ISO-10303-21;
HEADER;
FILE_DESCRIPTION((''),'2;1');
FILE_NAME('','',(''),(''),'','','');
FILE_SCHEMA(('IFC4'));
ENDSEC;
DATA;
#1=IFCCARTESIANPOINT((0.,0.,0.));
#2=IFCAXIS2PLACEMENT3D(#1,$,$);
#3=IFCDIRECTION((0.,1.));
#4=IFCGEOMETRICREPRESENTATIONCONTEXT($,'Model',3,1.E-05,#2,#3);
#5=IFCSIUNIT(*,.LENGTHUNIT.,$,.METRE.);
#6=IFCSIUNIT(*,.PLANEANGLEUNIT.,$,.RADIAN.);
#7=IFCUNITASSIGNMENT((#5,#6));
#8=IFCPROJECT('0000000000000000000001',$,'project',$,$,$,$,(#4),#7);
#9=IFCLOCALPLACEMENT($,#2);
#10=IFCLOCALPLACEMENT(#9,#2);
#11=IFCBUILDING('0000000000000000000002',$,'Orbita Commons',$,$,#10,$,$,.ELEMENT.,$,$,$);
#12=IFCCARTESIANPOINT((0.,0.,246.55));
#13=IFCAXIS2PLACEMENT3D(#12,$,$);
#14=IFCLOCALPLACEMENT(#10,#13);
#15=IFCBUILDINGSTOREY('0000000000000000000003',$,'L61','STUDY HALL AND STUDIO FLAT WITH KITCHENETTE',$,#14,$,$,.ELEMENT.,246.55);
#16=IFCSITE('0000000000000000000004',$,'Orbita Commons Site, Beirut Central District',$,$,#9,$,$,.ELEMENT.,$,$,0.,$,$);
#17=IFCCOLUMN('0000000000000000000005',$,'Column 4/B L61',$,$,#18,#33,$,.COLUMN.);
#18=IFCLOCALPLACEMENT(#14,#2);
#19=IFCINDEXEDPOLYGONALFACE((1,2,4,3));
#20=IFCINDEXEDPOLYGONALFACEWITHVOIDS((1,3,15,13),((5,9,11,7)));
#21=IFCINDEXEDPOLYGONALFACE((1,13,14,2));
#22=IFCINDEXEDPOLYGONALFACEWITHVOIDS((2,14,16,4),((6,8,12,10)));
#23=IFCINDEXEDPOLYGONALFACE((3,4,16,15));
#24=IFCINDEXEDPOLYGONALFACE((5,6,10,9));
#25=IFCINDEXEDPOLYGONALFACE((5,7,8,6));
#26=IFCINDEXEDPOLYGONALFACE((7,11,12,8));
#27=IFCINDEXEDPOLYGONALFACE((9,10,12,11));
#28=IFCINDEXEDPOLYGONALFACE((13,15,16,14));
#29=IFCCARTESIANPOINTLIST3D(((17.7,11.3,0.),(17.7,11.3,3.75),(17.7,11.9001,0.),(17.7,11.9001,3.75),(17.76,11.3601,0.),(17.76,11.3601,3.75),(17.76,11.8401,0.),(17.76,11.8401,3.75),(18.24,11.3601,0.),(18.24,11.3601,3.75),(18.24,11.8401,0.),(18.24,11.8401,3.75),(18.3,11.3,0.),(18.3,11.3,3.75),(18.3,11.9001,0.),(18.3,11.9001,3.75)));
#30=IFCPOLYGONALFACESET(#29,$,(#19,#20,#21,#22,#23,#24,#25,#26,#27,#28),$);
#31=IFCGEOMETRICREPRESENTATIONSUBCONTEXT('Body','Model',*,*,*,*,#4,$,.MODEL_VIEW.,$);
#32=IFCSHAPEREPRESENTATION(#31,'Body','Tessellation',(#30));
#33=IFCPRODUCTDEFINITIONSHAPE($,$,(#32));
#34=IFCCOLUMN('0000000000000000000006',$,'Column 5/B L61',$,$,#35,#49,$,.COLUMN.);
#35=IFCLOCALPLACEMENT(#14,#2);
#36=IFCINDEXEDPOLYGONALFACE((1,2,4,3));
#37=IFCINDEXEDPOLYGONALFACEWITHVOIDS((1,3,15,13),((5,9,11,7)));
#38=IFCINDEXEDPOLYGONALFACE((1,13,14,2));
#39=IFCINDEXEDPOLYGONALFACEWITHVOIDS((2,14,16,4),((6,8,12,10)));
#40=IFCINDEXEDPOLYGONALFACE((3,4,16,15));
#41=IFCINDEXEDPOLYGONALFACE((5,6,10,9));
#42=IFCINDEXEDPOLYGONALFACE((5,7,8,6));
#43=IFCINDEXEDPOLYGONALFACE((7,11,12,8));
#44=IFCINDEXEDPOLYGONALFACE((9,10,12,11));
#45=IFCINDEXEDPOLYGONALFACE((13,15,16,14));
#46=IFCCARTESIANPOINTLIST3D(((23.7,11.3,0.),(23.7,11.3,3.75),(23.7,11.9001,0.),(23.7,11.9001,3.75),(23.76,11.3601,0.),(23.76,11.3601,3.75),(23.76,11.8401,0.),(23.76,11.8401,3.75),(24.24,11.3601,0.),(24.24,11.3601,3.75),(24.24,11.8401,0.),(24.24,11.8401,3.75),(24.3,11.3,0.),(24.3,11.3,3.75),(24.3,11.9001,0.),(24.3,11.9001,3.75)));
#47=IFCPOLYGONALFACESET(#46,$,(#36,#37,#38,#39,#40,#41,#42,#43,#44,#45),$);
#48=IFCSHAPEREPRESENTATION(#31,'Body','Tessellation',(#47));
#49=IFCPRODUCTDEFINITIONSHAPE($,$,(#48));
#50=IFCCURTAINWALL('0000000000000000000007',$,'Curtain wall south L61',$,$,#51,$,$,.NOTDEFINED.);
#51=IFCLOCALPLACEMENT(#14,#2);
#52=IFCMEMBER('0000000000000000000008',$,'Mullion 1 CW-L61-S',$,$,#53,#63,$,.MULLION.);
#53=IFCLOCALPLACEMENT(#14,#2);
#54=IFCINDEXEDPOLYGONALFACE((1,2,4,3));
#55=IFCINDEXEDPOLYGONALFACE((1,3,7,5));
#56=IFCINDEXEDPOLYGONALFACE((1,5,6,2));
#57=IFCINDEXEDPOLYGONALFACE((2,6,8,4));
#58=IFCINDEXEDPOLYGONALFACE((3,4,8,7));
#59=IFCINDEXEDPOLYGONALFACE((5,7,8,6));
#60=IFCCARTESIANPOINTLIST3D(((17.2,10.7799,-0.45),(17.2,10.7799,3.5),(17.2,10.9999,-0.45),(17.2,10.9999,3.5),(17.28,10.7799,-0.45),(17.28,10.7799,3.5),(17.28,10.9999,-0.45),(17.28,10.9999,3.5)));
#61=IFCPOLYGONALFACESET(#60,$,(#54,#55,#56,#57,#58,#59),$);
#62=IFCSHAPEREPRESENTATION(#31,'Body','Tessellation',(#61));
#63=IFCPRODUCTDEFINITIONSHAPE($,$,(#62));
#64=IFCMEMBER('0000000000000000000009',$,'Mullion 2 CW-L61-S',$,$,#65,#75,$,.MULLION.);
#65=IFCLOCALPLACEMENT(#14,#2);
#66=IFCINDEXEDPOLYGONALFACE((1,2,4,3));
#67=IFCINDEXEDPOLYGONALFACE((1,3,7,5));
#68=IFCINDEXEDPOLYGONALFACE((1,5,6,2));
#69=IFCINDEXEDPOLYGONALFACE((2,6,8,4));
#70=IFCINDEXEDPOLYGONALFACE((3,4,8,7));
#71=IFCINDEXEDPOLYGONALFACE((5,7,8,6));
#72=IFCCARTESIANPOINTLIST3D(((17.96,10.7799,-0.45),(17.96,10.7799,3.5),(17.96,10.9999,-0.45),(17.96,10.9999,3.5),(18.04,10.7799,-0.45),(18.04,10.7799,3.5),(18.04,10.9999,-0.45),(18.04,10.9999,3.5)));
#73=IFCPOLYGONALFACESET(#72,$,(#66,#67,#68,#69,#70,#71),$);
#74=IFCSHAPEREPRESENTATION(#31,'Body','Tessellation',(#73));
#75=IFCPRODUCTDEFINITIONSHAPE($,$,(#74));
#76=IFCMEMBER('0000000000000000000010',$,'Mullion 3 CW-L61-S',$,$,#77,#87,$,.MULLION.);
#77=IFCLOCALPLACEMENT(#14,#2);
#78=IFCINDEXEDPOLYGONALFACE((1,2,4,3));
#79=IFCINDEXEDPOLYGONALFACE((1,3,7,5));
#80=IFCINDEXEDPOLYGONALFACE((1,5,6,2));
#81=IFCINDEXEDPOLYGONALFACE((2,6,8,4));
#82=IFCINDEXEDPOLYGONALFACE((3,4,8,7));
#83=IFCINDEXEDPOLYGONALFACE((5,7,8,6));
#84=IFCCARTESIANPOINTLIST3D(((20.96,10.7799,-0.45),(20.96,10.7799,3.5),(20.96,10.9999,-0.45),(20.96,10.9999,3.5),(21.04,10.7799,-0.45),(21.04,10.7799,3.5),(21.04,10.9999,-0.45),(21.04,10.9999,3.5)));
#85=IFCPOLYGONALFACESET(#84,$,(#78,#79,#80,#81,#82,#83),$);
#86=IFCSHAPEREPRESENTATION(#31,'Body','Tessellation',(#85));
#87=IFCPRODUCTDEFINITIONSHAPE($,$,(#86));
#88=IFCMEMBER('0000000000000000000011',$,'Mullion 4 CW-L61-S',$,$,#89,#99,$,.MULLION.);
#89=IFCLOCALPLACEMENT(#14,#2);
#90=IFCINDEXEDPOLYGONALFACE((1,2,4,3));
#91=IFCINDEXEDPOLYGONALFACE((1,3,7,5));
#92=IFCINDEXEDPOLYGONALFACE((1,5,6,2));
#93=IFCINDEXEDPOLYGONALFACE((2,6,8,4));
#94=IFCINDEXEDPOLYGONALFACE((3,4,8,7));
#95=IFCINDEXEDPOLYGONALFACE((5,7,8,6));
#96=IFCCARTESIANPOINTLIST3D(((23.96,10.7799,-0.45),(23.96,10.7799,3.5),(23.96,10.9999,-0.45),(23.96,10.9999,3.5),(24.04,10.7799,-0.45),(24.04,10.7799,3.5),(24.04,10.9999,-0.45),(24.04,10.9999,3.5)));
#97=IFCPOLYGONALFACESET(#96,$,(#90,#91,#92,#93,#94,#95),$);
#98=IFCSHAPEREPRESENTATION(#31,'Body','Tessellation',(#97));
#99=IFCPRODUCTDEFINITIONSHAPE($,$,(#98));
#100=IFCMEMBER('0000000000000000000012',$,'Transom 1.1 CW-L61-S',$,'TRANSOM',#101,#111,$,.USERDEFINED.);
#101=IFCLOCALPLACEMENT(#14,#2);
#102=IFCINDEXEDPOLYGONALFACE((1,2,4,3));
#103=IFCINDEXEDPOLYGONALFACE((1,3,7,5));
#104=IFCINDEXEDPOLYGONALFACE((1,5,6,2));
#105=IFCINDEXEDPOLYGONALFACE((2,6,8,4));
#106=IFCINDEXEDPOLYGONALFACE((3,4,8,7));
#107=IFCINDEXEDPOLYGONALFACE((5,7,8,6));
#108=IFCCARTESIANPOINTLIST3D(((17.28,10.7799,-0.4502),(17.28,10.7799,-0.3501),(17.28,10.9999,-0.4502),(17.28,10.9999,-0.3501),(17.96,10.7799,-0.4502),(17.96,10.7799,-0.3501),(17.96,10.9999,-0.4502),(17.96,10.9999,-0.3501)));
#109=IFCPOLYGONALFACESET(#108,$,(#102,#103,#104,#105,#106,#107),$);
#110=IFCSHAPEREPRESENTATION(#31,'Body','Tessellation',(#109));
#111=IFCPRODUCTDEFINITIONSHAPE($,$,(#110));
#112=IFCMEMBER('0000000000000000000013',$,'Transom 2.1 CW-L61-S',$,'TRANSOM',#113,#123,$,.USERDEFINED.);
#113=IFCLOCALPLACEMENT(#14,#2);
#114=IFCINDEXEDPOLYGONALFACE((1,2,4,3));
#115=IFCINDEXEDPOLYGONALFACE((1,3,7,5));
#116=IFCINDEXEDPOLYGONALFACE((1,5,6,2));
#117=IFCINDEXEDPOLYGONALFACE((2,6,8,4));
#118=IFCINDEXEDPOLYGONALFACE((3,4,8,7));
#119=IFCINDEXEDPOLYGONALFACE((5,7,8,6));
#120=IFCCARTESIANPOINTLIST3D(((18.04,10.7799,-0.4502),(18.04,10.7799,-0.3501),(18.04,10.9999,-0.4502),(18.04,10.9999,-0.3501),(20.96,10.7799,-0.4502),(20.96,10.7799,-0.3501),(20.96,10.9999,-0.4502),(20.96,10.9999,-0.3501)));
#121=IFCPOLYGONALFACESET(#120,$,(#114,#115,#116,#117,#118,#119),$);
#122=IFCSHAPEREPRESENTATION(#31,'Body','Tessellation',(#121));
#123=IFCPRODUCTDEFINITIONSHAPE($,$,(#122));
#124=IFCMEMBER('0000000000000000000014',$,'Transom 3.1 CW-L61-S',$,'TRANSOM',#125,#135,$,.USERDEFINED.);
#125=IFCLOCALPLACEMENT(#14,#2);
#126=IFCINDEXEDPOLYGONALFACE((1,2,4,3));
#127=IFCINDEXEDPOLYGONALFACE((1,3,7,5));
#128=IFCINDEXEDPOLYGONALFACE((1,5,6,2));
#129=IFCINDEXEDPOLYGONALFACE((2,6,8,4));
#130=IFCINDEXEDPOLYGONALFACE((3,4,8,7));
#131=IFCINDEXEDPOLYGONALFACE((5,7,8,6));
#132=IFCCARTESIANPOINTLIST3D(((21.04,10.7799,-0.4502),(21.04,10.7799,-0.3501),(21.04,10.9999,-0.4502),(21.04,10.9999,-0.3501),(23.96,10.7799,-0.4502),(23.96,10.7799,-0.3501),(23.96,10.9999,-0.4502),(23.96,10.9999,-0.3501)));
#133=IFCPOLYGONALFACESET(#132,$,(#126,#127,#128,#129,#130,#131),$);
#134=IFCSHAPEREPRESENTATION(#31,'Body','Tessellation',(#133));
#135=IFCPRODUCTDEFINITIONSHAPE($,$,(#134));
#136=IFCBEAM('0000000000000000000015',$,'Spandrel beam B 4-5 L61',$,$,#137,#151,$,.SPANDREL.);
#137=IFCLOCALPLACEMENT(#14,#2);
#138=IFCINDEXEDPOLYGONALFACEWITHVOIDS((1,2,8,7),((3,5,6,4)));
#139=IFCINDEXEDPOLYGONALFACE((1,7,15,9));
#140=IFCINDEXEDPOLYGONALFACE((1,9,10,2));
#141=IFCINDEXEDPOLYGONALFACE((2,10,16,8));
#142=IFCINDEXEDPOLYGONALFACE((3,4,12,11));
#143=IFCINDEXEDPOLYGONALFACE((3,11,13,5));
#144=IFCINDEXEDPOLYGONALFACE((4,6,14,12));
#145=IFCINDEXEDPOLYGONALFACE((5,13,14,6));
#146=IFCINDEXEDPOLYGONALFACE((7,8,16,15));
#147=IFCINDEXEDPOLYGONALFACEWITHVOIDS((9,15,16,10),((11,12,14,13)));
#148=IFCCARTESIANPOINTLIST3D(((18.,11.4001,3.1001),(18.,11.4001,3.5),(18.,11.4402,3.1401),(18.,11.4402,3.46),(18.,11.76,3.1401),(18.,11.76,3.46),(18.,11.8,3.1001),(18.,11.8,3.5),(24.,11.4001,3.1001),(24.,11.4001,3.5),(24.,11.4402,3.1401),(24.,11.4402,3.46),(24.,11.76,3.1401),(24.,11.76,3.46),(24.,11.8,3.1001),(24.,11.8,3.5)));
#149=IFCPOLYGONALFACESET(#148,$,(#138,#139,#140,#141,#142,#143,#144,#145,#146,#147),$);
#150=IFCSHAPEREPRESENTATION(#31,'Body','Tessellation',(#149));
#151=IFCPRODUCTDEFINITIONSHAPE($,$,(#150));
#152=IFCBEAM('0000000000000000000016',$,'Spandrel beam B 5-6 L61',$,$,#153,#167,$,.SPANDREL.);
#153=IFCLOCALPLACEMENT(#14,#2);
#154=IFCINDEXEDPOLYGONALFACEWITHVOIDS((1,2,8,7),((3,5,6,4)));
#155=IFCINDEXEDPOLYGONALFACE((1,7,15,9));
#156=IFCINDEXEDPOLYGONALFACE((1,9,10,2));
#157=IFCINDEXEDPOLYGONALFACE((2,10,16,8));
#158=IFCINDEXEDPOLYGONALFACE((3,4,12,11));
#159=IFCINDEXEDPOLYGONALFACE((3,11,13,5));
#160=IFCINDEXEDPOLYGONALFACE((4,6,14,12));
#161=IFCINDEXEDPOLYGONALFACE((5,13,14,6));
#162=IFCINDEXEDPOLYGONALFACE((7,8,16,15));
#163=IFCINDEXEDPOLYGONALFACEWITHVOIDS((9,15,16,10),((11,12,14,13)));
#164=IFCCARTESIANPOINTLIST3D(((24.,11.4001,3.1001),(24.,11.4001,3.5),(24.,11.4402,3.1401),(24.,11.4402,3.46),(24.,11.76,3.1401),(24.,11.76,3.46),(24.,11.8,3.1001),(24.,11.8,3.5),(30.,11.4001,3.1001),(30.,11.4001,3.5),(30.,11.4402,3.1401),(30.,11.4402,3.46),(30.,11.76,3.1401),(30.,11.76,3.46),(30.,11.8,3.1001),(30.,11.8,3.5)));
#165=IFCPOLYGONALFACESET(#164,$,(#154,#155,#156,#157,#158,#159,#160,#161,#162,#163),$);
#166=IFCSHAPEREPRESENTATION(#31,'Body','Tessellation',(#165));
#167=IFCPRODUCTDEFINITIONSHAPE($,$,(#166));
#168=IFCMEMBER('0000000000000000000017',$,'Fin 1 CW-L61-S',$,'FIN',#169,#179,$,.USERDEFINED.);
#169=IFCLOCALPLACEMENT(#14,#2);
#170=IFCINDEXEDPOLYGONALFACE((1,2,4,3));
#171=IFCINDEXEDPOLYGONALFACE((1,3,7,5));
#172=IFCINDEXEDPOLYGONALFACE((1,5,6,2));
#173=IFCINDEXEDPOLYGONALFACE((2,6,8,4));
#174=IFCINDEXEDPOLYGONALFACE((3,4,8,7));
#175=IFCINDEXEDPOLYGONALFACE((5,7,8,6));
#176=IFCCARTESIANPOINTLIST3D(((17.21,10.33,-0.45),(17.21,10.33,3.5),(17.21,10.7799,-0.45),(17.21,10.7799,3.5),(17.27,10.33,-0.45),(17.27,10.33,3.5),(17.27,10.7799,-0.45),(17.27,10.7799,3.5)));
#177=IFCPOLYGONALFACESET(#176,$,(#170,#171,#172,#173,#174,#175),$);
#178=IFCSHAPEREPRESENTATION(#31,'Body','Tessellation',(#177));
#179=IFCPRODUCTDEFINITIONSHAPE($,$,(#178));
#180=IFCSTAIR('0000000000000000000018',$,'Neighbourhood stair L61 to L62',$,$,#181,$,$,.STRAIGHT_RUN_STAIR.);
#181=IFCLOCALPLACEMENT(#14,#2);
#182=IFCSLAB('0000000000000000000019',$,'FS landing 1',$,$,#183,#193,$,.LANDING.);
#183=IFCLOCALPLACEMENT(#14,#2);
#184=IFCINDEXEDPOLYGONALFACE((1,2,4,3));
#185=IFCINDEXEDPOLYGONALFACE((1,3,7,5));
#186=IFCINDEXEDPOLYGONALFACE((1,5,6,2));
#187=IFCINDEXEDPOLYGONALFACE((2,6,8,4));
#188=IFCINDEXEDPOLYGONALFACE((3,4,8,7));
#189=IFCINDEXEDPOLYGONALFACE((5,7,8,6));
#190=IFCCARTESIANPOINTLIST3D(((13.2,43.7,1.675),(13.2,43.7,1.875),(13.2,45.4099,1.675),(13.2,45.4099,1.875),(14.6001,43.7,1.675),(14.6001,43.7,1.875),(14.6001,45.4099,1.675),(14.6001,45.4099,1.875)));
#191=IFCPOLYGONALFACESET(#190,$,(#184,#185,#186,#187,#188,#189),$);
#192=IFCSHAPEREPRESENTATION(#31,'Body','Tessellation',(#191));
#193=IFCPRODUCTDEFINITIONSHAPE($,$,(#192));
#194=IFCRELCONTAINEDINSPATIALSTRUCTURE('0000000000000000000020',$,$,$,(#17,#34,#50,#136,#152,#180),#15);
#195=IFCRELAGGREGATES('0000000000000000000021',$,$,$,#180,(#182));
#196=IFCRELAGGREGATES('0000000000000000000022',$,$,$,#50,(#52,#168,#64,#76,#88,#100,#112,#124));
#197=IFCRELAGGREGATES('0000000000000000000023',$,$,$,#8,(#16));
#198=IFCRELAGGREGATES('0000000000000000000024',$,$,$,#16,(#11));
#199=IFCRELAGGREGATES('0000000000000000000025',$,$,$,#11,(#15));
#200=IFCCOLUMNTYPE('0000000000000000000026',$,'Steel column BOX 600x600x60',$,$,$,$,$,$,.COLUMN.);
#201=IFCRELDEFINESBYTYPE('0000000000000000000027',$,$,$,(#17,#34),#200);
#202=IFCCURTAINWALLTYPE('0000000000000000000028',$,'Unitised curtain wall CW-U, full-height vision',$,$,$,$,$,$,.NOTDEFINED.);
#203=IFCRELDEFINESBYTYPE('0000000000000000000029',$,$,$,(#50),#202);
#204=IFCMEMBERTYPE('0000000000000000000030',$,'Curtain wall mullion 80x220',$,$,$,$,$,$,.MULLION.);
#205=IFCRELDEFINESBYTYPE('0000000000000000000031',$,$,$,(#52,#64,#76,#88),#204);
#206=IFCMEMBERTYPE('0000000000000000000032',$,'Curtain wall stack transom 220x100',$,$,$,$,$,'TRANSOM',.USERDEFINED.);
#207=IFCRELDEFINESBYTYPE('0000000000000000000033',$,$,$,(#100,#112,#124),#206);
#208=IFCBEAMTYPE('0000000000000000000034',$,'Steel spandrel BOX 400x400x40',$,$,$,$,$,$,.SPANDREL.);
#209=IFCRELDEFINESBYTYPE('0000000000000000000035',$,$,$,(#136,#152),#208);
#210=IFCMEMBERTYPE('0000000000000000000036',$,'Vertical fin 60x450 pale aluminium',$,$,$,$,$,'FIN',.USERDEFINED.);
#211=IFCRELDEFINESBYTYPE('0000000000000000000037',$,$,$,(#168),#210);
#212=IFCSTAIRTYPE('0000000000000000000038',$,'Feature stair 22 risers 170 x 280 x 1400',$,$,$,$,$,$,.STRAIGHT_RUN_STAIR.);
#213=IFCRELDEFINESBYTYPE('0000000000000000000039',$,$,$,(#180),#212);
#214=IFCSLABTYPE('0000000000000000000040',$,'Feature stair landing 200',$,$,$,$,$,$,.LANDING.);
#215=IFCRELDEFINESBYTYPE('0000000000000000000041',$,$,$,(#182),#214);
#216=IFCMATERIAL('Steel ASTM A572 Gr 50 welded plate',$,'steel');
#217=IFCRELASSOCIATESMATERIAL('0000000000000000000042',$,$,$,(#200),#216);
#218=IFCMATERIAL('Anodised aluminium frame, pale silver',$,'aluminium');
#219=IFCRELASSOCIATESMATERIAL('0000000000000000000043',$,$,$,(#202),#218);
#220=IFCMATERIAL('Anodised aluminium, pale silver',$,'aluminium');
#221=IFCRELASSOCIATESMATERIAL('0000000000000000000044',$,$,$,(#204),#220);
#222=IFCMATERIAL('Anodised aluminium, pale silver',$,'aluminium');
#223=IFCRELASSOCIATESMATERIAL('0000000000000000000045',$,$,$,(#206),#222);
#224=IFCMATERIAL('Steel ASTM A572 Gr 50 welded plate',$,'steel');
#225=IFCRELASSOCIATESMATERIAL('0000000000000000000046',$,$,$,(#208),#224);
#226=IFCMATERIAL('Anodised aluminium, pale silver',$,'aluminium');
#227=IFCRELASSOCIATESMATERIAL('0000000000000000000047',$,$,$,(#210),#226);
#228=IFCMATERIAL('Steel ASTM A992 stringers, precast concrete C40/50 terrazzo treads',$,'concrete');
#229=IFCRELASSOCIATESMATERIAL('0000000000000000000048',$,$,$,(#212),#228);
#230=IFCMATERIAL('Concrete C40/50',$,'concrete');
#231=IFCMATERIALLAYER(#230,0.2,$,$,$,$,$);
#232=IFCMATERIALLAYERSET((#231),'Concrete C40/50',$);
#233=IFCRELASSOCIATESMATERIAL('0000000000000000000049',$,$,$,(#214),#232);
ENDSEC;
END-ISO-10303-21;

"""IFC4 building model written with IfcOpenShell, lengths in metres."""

from ifc_helpers import new_model, si_unit, direction, frame, origin, origin_2d, place, context, subcontext, project, spatial, polyline, rectangle, hollow_rectangle, outline, extrude, material, layer, layer_set, material_profile, profile_set, type_object, element, aggregate, save


model = new_model("IFC4")

# Units and contexts
model_context = context("Model", 3, precision=1e-05, world=origin(), true_north=direction((0.0, 1.0)))
body_context = subcontext(model_context, "Body", "Model", "MODEL_VIEW")
ifc_project = project(units=[si_unit("LENGTHUNIT", "METRE"), si_unit("PLANEANGLEUNIT", "RADIAN")], contexts=[model_context])

# Site, building, storey
site_placement = place(None, origin())
site = spatial("IfcSite", under=ifc_project, at=site_placement, Name="Orbita Commons Site, Beirut Central District", CompositionType="ELEMENT", RefElevation=0.0)
building_placement = place(site_placement, origin())
building = spatial("IfcBuilding", under=site, at=building_placement, Name="Orbita Commons", CompositionType="ELEMENT")
storey_placement = place(building_placement, frame((0.0, 0.0, 246.55)))
storey = spatial("IfcBuildingStorey", under=building, at=storey_placement, Name="L61", Description="STUDY HALL AND STUDIO FLAT WITH KITCHENETTE", CompositionType="ELEMENT", Elevation=246.55)

# Columns
ifc_material_1 = material(Name="Steel ASTM A572 Gr 50 welded plate", Category="steel")
ifc_material_profile_1 = material_profile(ifc_material_1, hollow_rectangle(XDim=0.6001, YDim=0.6001, WallThickness=0.0601, at=origin_2d()), Name="BOX 600x600x60")
ifc_profile_set_1 = profile_set([ifc_material_profile_1], Name="Steel ASTM A572 Gr 50 welded plate")
column_type = type_object("IfcColumnType", Name="Steel column BOX 600x600x60", PredefinedType="COLUMN", material=ifc_profile_set_1)
for number, where, z_axis, x_axis, name in (
    (1, (18.0, 11.6001, 0.0), (0.0, 0.0, 1.0), (1.0, 0.0, 0.0), "Column 4/B L61"),
    (2, (24.0, 11.6001, 0.0), (0.0, 0.0, 1.0), (1.0, 0.0, 0.0), "Column 5/B L61"),
):
    element("IfcColumn", number, at=place(storey_placement, frame(where, z_axis=z_axis, x_axis=x_axis)), inside=storey, type_object=column_type, Name=name, PredefinedType="COLUMN", context=body_context, shape_type="SweptSolid", body=[
        extrude(hollow_rectangle(XDim=0.6001, YDim=0.6001, WallThickness=0.0601, at=origin_2d()), origin(), (0.0, 0.0, 1.0), 3.75),
    ])

# Curtain wall, members
ifc_material_2 = material(Name="Anodised aluminium frame, pale silver", Category="aluminium")
curtain_wall_type = type_object("IfcCurtainWallType", Name="Unitised curtain wall CW-U, full-height vision", PredefinedType="NOTDEFINED", material=ifc_material_2)
curtain_wall_placement = place(storey_placement, origin())
curtain_wall = element("IfcCurtainWall", 3, at=curtain_wall_placement, inside=storey, type_object=curtain_wall_type, Name="Curtain wall south L61", PredefinedType="NOTDEFINED")
ifc_material_3 = material(Name="Anodised aluminium, pale silver", Category="aluminium")
ifc_material_profile_2 = material_profile(ifc_material_3, rectangle(XDim=0.0801, YDim=0.22, at=origin_2d()), Name="AL 80x220")
ifc_profile_set_2 = profile_set([ifc_material_profile_2], Name="Anodised aluminium, pale silver")
member_type_1 = type_object("IfcMemberType", Name="Curtain wall mullion 80x220", PredefinedType="MULLION", material=ifc_profile_set_2)
member_1_placement = place(storey_placement, frame((17.24, 10.8899, -0.45), z_axis=(0.0, 0.0, 1.0), x_axis=(1.0, 0.0, 0.0)))
member_1 = element("IfcMember", 4, at=member_1_placement, type_object=member_type_1, Name="Mullion 1 CW-L61-S", PredefinedType="MULLION", context=body_context, shape_type="SweptSolid", body=[
    extrude(rectangle(XDim=0.0801, YDim=0.22, at=origin_2d()), origin(), (0.0, 0.0, 1.0), 3.95),
])
member_2_placement = place(storey_placement, frame((18.0, 10.8899, -0.45), z_axis=(0.0, 0.0, 1.0), x_axis=(1.0, 0.0, 0.0)))
member_2 = element("IfcMember", 5, at=member_2_placement, type_object=member_type_1, Name="Mullion 2 CW-L61-S", PredefinedType="MULLION", context=body_context, shape_type="SweptSolid", body=[
    extrude(rectangle(XDim=0.0801, YDim=0.22, at=origin_2d()), origin(), (0.0, 0.0, 1.0), 3.95),
])
member_3_placement = place(storey_placement, frame((21.0, 10.8899, -0.45), z_axis=(0.0, 0.0, 1.0), x_axis=(1.0, 0.0, 0.0)))
member_3 = element("IfcMember", 6, at=member_3_placement, type_object=member_type_1, Name="Mullion 3 CW-L61-S", PredefinedType="MULLION", context=body_context, shape_type="SweptSolid", body=[
    extrude(rectangle(XDim=0.0801, YDim=0.22, at=origin_2d()), origin(), (0.0, 0.0, 1.0), 3.95),
])
member_4_placement = place(storey_placement, frame((24.0, 10.8899, -0.45), z_axis=(0.0, 0.0, 1.0), x_axis=(1.0, 0.0, 0.0)))
member_4 = element("IfcMember", 7, at=member_4_placement, type_object=member_type_1, Name="Mullion 4 CW-L61-S", PredefinedType="MULLION", context=body_context, shape_type="SweptSolid", body=[
    extrude(rectangle(XDim=0.0801, YDim=0.22, at=origin_2d()), origin(), (0.0, 0.0, 1.0), 3.95),
])
ifc_material_4 = material(Name="Anodised aluminium, pale silver", Category="aluminium")
ifc_material_profile_3 = material_profile(ifc_material_4, rectangle(XDim=0.22, YDim=0.1001, at=origin_2d()), Name="AL 220x100")
ifc_profile_set_3 = profile_set([ifc_material_profile_3], Name="Anodised aluminium, pale silver")
member_type_2 = type_object("IfcMemberType", Name="Curtain wall stack transom 220x100", ElementType="TRANSOM", PredefinedType="USERDEFINED", material=ifc_profile_set_3)
member_5_placement = place(storey_placement, frame((17.28, 10.8899, -0.4001), z_axis=(1.0, 0.0, 0.0), x_axis=(0.0, 1.0, 0.0)))
member_5 = element("IfcMember", 8, at=member_5_placement, type_object=member_type_2, Name="Transom 1.1 CW-L61-S", ObjectType="TRANSOM", PredefinedType="USERDEFINED", context=body_context, shape_type="SweptSolid", body=[
    extrude(rectangle(XDim=0.22, YDim=0.1001, at=origin_2d()), origin(), (0.0, 0.0, 1.0), 0.6799),
])
member_6_placement = place(storey_placement, frame((18.04, 10.8899, -0.4001), z_axis=(1.0, 0.0, 0.0), x_axis=(0.0, 1.0, 0.0)))
member_6 = element("IfcMember", 9, at=member_6_placement, type_object=member_type_2, Name="Transom 2.1 CW-L61-S", ObjectType="TRANSOM", PredefinedType="USERDEFINED", context=body_context, shape_type="SweptSolid", body=[
    extrude(rectangle(XDim=0.22, YDim=0.1001, at=origin_2d()), origin(), (0.0, 0.0, 1.0), 2.9199),
])
member_7_placement = place(storey_placement, frame((21.04, 10.8899, -0.4001), z_axis=(1.0, 0.0, 0.0), x_axis=(0.0, 1.0, 0.0)))
member_7 = element("IfcMember", 10, at=member_7_placement, type_object=member_type_2, Name="Transom 3.1 CW-L61-S", ObjectType="TRANSOM", PredefinedType="USERDEFINED", context=body_context, shape_type="SweptSolid", body=[
    extrude(rectangle(XDim=0.22, YDim=0.1001, at=origin_2d()), origin(), (0.0, 0.0, 1.0), 2.9199),
])

# Beams
ifc_material_5 = material(Name="Steel ASTM A572 Gr 50 welded plate", Category="steel")
ifc_material_profile_4 = material_profile(ifc_material_5, hollow_rectangle(XDim=0.3999, YDim=0.3999, WallThickness=0.04, at=origin_2d()), Name="BOX 400x400x40")
ifc_profile_set_4 = profile_set([ifc_material_profile_4], Name="Steel ASTM A572 Gr 50 welded plate")
beam_type = type_object("IfcBeamType", Name="Steel spandrel BOX 400x400x40", PredefinedType="SPANDREL", material=ifc_profile_set_4)
for number, where, z_axis, x_axis, name in (
    (11, (18.0, 11.6001, 3.3), (1.0, 0.0, 0.0), (0.0, 1.0, 0.0), "Spandrel beam B 4-5 L61"),
    (12, (24.0, 11.6001, 3.3), (1.0, 0.0, 0.0), (0.0, 1.0, 0.0), "Spandrel beam B 5-6 L61"),
):
    element("IfcBeam", number, at=place(storey_placement, frame(where, z_axis=z_axis, x_axis=x_axis)), inside=storey, type_object=beam_type, Name=name, PredefinedType="SPANDREL", context=body_context, shape_type="SweptSolid", body=[
        extrude(hollow_rectangle(XDim=0.3999, YDim=0.3999, WallThickness=0.04, at=origin_2d()), origin(), (0.0, 0.0, 1.0), 6.0),
    ])

# Member
ifc_material_6 = material(Name="Anodised aluminium, pale silver", Category="aluminium")
ifc_material_profile_5 = material_profile(ifc_material_6, rectangle(XDim=0.0601, YDim=0.45, at=origin_2d()), Name="FIN 60x450")
ifc_profile_set_5 = profile_set([ifc_material_profile_5], Name="Anodised aluminium, pale silver")
member_type_3 = type_object("IfcMemberType", Name="Vertical fin 60x450 pale aluminium", ElementType="FIN", PredefinedType="USERDEFINED", material=ifc_profile_set_5)
member_8_placement = place(storey_placement, frame((17.24, 10.5549, -0.45), z_axis=(0.0, 0.0, 1.0), x_axis=(1.0, 0.0, 0.0)))
member_8 = element("IfcMember", 13, at=member_8_placement, type_object=member_type_3, Name="Fin 1 CW-L61-S", ObjectType="FIN", PredefinedType="USERDEFINED", context=body_context, shape_type="SweptSolid", body=[
    extrude(rectangle(XDim=0.0601, YDim=0.45, at=origin_2d()), origin(), (0.0, 0.0, 1.0), 3.95),
])

# Stair, slab
ifc_material_7 = material(Name="Steel ASTM A992 stringers, precast concrete C40/50 terrazzo treads", Category="concrete")
stair_type_1 = type_object("IfcStairType", Name="Feature stair 22 risers 170 x 280 x 1400", PredefinedType="STRAIGHT_RUN_STAIR", material=ifc_material_7)
stair_1_placement = place(storey_placement, origin())
stair_1 = element("IfcStair", 14, at=stair_1_placement, inside=storey, type_object=stair_type_1, Name="Neighbourhood stair L61 to L62", PredefinedType="STRAIGHT_RUN_STAIR")
ifc_material_8 = material(Name="Concrete C40/50", Category="concrete")
ifc_layer_1 = layer(ifc_material_8, 0.2)
ifc_layer_set_1 = layer_set([ifc_layer_1], Name="Concrete C40/50")
slab_type_1 = type_object("IfcSlabType", Name="Feature stair landing 200", PredefinedType="LANDING", material=ifc_layer_set_1)
slab_1_placement = place(storey_placement, frame((0.0, 0.0, 1.675)))
slab_1 = element("IfcSlab", 15, at=slab_1_placement, type_object=slab_type_1, Name="FS landing 1", PredefinedType="LANDING", context=body_context, shape_type="SweptSolid", body=[
    extrude(outline(polyline([(13.2, 43.7), (14.6001, 43.7), (14.6001, 45.4099), (13.2, 45.4099), (13.2, 43.7)])), origin(), (0.0, 0.0, 1.0), 0.2),
])
aggregate(stair_1, [slab_1])

aggregate(curtain_wall, [member_1, member_8, member_2, member_3, member_4, member_5, member_6, member_7])

save(model, "model.ifc")
